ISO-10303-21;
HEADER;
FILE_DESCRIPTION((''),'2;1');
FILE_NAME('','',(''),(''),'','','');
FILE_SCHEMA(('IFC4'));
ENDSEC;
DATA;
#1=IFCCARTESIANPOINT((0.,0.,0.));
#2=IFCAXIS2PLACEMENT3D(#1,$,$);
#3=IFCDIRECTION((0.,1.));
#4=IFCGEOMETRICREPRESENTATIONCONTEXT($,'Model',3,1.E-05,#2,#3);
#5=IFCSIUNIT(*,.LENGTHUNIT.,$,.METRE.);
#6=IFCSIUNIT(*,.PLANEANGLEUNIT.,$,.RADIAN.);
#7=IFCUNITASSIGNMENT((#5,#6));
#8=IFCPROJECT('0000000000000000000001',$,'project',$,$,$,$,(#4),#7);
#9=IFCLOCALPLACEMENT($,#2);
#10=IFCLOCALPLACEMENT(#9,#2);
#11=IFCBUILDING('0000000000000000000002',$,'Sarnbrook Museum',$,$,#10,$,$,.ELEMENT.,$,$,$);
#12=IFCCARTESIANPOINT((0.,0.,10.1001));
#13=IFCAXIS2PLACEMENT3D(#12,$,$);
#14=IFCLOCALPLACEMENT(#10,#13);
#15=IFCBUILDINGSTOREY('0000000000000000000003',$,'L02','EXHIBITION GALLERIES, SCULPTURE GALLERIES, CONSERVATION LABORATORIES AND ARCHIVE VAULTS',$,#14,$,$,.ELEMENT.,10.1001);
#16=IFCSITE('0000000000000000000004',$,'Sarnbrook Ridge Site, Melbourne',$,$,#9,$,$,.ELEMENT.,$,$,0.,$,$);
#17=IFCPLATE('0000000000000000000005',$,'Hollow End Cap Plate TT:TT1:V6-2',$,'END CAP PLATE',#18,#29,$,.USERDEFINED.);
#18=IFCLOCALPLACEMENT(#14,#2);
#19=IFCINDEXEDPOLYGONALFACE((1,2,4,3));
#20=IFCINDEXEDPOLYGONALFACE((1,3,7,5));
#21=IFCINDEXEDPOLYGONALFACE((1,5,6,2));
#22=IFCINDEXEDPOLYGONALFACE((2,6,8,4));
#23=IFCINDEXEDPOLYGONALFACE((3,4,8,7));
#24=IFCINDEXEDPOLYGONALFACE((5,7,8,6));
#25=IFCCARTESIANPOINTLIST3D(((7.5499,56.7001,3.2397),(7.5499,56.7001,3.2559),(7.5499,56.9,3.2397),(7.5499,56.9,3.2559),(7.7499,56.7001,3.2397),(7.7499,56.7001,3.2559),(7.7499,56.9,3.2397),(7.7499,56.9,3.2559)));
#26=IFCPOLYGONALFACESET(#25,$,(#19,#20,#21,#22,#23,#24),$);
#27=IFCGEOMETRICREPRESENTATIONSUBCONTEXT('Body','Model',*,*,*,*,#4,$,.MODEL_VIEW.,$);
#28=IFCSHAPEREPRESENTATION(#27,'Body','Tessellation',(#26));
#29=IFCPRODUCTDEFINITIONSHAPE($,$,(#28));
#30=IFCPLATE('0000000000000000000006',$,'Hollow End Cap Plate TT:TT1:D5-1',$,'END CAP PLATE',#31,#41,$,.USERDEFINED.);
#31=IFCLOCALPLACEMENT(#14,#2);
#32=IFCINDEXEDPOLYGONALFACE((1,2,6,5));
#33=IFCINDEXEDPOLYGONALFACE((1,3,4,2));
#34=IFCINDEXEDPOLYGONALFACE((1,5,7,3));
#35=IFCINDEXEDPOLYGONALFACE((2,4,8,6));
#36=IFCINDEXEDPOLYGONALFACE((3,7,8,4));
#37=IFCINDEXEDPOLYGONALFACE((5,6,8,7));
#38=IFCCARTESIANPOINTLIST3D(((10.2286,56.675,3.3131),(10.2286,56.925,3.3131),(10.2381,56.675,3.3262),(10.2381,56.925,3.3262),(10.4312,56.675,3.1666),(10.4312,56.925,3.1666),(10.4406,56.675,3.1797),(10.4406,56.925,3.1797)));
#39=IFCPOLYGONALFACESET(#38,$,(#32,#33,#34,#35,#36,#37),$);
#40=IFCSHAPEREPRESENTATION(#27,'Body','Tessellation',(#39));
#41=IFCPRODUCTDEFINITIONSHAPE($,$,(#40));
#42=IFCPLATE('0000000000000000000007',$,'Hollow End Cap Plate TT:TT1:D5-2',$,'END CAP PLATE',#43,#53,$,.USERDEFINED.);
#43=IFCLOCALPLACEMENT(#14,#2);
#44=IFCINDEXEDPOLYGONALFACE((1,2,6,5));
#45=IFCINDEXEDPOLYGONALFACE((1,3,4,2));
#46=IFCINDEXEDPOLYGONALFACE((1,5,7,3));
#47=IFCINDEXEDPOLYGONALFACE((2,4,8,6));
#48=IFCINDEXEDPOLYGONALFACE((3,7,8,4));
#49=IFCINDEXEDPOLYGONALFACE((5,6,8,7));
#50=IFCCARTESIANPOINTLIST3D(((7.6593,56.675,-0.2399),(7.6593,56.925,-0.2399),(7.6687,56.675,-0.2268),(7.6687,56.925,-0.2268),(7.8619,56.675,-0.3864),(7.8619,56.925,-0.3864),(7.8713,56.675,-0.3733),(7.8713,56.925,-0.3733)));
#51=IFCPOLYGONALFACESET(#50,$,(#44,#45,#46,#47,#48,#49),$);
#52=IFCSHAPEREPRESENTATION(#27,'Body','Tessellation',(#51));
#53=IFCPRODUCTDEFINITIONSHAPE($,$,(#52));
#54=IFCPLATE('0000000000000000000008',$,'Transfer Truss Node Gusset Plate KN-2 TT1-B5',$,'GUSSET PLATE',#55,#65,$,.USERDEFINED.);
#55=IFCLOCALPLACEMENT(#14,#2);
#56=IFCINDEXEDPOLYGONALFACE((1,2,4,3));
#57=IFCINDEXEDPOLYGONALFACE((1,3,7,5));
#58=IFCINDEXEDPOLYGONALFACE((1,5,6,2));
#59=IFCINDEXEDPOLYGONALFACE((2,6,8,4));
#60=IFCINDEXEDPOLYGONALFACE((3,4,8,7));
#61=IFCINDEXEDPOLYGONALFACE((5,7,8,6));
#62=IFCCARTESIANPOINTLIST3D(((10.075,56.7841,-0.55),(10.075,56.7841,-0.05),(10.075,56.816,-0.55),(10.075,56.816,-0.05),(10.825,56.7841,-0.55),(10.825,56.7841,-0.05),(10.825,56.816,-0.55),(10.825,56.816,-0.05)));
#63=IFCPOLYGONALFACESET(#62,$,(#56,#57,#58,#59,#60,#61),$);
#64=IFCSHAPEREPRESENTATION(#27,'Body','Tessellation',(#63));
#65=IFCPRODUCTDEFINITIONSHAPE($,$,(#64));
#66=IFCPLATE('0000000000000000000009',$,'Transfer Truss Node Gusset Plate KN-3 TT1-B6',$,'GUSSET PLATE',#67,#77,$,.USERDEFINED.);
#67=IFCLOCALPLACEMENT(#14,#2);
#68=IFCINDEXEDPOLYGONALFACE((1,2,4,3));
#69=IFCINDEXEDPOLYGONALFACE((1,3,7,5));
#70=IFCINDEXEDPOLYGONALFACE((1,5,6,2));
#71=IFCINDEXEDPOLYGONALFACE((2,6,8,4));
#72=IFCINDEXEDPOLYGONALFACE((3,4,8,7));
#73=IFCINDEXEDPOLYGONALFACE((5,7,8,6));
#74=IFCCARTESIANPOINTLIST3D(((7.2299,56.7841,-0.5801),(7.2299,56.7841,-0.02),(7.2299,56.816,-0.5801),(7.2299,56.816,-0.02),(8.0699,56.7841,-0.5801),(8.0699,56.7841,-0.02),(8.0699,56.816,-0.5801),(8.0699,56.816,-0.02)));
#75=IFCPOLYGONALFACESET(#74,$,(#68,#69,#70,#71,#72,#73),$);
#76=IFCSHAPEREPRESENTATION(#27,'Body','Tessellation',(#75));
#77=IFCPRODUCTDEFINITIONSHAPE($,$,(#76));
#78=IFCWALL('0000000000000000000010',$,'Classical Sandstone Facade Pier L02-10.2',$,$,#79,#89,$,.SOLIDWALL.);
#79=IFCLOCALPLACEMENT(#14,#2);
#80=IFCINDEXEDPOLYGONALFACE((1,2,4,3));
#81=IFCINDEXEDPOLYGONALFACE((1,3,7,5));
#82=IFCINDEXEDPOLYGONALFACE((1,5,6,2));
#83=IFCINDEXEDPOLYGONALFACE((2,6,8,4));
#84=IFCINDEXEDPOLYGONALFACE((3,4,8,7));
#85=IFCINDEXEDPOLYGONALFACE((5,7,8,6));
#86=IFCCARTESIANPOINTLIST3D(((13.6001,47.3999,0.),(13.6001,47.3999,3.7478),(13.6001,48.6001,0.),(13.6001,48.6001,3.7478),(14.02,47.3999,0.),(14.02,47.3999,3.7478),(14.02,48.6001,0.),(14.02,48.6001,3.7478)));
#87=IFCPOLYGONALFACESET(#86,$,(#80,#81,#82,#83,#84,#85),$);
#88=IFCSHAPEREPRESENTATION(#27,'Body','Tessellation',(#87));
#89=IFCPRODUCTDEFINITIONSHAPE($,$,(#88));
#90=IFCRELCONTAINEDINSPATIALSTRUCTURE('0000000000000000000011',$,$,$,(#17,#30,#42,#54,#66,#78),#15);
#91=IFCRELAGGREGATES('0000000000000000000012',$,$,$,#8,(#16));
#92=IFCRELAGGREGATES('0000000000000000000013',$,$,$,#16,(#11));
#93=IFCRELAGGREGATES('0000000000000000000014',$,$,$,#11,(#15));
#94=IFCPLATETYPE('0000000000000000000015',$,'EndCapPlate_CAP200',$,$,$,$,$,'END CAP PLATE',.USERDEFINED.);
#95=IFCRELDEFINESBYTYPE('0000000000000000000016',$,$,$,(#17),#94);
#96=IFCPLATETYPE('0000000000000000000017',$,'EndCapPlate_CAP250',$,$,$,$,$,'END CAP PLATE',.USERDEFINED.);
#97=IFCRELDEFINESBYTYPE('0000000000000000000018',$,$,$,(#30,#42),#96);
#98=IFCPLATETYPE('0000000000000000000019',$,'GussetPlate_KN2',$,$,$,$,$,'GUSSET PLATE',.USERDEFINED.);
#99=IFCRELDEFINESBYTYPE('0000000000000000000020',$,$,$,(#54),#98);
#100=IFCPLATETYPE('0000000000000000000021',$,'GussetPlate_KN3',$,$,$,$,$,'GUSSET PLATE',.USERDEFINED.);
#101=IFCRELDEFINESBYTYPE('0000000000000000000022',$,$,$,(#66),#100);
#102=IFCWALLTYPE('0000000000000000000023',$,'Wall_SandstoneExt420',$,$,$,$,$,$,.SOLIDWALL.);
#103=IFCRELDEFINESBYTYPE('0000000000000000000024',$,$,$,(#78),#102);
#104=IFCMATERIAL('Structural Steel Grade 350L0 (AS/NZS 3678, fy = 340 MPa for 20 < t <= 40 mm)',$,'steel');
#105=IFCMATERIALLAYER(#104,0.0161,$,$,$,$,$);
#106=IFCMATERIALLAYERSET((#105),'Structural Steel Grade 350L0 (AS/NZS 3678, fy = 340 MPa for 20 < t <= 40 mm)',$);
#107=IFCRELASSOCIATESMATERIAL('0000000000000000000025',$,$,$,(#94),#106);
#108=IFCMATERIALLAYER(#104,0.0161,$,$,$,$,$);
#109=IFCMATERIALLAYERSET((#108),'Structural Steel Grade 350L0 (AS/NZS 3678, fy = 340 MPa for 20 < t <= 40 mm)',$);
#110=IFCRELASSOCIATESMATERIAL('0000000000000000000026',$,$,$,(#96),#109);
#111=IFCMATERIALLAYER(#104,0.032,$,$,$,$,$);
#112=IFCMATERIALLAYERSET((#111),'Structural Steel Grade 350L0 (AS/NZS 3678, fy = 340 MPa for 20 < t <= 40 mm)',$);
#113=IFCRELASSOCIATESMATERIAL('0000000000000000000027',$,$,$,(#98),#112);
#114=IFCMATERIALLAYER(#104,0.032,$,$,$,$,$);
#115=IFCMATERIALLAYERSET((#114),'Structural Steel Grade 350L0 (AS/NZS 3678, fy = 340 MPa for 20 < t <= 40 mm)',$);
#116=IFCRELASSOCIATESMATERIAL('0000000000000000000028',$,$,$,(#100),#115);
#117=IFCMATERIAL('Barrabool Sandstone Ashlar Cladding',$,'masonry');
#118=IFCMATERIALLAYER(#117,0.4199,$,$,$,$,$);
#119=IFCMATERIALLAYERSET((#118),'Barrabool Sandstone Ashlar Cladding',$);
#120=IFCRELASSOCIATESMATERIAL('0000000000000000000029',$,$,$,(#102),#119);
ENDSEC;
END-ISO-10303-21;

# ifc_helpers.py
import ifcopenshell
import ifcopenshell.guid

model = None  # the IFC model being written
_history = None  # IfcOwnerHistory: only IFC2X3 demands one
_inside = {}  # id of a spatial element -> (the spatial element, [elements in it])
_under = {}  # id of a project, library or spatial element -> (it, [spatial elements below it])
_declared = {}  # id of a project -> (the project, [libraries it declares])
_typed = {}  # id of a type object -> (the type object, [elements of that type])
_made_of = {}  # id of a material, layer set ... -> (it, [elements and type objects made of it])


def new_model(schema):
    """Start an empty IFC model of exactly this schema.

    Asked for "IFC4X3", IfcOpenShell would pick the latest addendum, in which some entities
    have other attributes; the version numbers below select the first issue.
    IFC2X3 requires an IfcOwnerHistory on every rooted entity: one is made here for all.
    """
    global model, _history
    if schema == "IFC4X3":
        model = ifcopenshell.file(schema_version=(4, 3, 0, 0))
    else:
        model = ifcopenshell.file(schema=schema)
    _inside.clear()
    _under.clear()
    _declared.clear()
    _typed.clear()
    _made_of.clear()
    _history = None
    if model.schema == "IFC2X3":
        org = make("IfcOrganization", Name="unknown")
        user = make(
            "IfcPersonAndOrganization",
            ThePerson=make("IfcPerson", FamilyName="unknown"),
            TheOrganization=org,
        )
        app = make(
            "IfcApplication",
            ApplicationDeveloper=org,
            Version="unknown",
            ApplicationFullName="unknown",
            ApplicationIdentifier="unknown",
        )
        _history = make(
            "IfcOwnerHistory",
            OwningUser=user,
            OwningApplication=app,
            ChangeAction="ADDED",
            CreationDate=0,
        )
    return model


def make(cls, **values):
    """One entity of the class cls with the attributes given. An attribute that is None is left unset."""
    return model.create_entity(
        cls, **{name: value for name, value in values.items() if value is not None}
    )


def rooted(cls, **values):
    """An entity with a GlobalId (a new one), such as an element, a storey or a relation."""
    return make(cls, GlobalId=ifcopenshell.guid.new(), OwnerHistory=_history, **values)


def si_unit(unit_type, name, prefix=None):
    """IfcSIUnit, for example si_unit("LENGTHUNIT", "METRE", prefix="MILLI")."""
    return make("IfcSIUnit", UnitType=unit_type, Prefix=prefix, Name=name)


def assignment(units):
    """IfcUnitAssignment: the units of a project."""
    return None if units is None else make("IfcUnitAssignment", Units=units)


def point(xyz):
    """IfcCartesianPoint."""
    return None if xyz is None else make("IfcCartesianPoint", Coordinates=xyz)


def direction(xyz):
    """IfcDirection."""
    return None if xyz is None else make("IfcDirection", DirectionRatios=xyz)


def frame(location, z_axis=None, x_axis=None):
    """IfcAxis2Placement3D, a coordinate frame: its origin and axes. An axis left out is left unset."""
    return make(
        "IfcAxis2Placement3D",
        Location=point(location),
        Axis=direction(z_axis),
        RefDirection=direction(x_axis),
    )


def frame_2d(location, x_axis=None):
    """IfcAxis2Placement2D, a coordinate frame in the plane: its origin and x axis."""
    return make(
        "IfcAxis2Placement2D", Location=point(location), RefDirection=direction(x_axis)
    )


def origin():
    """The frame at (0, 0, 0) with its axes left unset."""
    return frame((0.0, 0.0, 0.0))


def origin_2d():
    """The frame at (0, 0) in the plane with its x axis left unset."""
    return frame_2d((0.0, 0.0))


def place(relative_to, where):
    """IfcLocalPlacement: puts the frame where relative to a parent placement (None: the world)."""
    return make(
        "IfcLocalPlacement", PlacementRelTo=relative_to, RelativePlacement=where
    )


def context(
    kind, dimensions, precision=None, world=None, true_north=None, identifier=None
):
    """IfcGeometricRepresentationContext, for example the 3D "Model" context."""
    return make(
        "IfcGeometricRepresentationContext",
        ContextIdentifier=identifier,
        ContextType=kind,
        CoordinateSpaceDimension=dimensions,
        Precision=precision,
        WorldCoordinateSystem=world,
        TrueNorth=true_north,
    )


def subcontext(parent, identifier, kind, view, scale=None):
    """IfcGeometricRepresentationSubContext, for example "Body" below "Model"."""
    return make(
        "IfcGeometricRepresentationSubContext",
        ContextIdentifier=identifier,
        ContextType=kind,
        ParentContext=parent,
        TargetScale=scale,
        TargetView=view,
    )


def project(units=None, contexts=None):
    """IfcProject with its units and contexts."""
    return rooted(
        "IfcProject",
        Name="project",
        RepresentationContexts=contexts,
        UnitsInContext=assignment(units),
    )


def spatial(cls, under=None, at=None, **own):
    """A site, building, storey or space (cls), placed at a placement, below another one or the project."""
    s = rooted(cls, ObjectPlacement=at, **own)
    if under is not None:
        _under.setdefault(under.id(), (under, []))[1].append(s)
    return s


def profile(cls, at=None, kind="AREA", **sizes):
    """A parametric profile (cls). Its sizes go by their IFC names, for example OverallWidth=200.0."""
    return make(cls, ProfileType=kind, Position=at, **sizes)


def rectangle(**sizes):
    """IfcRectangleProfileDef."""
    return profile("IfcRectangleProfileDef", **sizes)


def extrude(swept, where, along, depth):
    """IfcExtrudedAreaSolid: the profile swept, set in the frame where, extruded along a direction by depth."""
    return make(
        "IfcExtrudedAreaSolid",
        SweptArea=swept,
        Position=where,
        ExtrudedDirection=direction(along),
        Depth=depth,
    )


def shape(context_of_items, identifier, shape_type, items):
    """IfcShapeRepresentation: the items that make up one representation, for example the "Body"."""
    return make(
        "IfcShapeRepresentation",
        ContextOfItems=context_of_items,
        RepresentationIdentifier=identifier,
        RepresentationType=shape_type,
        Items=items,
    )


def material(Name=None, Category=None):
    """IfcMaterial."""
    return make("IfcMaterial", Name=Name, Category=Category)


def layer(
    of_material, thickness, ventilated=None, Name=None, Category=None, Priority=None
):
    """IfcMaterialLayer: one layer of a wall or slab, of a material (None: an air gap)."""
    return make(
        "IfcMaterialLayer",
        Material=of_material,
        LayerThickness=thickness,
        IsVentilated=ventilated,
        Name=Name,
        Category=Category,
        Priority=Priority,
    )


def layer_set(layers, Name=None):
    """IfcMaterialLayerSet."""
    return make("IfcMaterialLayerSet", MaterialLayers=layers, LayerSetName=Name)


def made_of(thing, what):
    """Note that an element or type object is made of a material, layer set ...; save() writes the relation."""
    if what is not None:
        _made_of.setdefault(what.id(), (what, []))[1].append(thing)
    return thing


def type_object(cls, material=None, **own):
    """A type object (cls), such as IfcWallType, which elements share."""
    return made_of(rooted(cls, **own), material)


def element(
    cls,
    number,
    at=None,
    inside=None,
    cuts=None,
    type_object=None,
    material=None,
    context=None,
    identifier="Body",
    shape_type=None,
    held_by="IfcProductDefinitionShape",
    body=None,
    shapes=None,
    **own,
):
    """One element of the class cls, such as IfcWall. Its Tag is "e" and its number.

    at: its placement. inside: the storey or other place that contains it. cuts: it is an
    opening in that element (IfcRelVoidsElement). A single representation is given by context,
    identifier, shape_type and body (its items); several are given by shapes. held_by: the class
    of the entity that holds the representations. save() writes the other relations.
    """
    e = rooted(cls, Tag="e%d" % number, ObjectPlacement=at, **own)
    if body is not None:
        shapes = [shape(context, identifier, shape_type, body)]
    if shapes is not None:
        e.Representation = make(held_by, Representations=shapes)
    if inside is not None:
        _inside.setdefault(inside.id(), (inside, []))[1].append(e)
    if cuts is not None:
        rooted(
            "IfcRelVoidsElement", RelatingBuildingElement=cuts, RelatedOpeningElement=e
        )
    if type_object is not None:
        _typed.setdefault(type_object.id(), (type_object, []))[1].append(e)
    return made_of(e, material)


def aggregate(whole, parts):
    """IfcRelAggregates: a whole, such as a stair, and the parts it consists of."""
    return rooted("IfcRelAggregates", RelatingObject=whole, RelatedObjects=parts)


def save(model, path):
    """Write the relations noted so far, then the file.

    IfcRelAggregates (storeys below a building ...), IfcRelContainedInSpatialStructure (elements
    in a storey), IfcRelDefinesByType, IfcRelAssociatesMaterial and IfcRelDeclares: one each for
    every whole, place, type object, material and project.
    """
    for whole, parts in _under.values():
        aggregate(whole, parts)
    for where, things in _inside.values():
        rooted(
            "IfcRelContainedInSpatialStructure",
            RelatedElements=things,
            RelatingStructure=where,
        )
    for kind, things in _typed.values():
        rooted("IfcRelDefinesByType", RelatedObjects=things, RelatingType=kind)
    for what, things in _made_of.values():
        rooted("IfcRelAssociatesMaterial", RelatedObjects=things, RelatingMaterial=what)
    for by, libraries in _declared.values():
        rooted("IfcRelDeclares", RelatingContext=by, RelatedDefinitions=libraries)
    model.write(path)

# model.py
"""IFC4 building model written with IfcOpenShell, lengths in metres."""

from ifc_helpers import new_model, si_unit, direction, frame, frame_2d, origin, origin_2d, place, context, subcontext, project, spatial, rectangle, extrude, material, layer, layer_set, type_object, element, save


model = new_model("IFC4")

# Units and contexts
model_context = context("Model", 3, precision=1e-05, world=origin(), true_north=direction((0.0, 1.0)))
body_context = subcontext(model_context, "Body", "Model", "MODEL_VIEW")
ifc_project = project(units=[si_unit("LENGTHUNIT", "METRE"), si_unit("PLANEANGLEUNIT", "RADIAN")], contexts=[model_context])

# Site, building, storey
site_placement = place(None, origin())
site = spatial("IfcSite", under=ifc_project, at=site_placement, Name="Sarnbrook Ridge Site, Melbourne", CompositionType="ELEMENT", RefElevation=0.0)
building_placement = place(site_placement, origin())
building = spatial("IfcBuilding", under=site, at=building_placement, Name="Sarnbrook Museum", CompositionType="ELEMENT")
storey_placement = place(building_placement, frame((0.0, 0.0, 10.1001)))
storey = spatial("IfcBuildingStorey", under=building, at=storey_placement, Name="L02", Description="EXHIBITION GALLERIES, SCULPTURE GALLERIES, CONSERVATION LABORATORIES AND ARCHIVE VAULTS", CompositionType="ELEMENT", Elevation=10.1001)

# Plates
ifc_material_1 = material(Name="Structural Steel Grade 350L0 (AS/NZS 3678, fy = 340 MPa for 20 < t <= 40 mm)", Category="steel")
ifc_layer_1 = layer(ifc_material_1, 0.0161)
ifc_layer_set_1 = layer_set([ifc_layer_1], Name="Structural Steel Grade 350L0 (AS/NZS 3678, fy = 340 MPa for 20 < t <= 40 mm)")
plate_type_1 = type_object("IfcPlateType", Name="EndCapPlate_CAP200", ElementType="END CAP PLATE", PredefinedType="USERDEFINED", material=ifc_layer_set_1)
for number, where, z_axis, x_axis, name in (
    (1, (7.6499, 56.8, 3.2397), (0.0, 0.0, 1.0), (1.0, 0.0, 0.0), "Hollow End Cap Plate TT:TT1:V6-2"),
):
    element("IfcPlate", number, at=place(storey_placement, frame(where, z_axis=z_axis, x_axis=x_axis)), inside=storey, type_object=plate_type_1, Name=name, ObjectType="END CAP PLATE", PredefinedType="USERDEFINED", context=body_context, shape_type="SweptSolid", body=[
        extrude(rectangle(XDim=0.2, YDim=0.2, at=origin_2d()), origin(), (0.0, 0.0, 1.0), 0.0161),
    ])
ifc_layer_2 = layer(ifc_material_1, 0.0161)
ifc_layer_set_2 = layer_set([ifc_layer_2], Name="Structural Steel Grade 350L0 (AS/NZS 3678, fy = 340 MPa for 20 < t <= 40 mm)")
plate_type_2 = type_object("IfcPlateType", Name="EndCapPlate_CAP250", ElementType="END CAP PLATE", PredefinedType="USERDEFINED", material=ifc_layer_set_2)
for number, where, z_axis, x_axis, name in (
    (2, (10.3394, 56.8, 3.2529), (-0.585992, 0.0, -0.810317), (0.0, -1.0, 0.0), "Hollow End Cap Plate TT:TT1:D5-1"),
    (3, (7.77, 56.8, -0.3), (-0.585992, 0.0, -0.810317), (0.0, -1.0, 0.0), "Hollow End Cap Plate TT:TT1:D5-2"),
):
    element("IfcPlate", number, at=place(storey_placement, frame(where, z_axis=z_axis, x_axis=x_axis)), inside=storey, type_object=plate_type_2, Name=name, ObjectType="END CAP PLATE", PredefinedType="USERDEFINED", context=body_context, shape_type="SweptSolid", body=[
        extrude(rectangle(XDim=0.25, YDim=0.25, at=origin_2d()), origin(), (0.0, 0.0, 1.0), 0.0161),
    ])
ifc_layer_3 = layer(ifc_material_1, 0.032)
ifc_layer_set_3 = layer_set([ifc_layer_3], Name="Structural Steel Grade 350L0 (AS/NZS 3678, fy = 340 MPa for 20 < t <= 40 mm)")
plate_type_3 = type_object("IfcPlateType", Name="GussetPlate_KN2", ElementType="GUSSET PLATE", PredefinedType="USERDEFINED", material=ifc_layer_set_3)
plate_1_placement = place(storey_placement, frame((10.45, 56.8, -0.55), z_axis=(0.0, 0.0, 1.0), x_axis=(1.0, 0.0, 0.0)))
element("IfcPlate", 4, at=plate_1_placement, inside=storey, type_object=plate_type_3, Name="Transfer Truss Node Gusset Plate KN-2 TT1-B5", ObjectType="GUSSET PLATE", PredefinedType="USERDEFINED", context=body_context, shape_type="SweptSolid", body=[
    extrude(rectangle(XDim=0.75, YDim=0.032, at=origin_2d()), origin(), (0.0, 0.0, 1.0), 0.5),
])
ifc_layer_4 = layer(ifc_material_1, 0.032)
ifc_layer_set_4 = layer_set([ifc_layer_4], Name="Structural Steel Grade 350L0 (AS/NZS 3678, fy = 340 MPa for 20 < t <= 40 mm)")
plate_type_4 = type_object("IfcPlateType", Name="GussetPlate_KN3", ElementType="GUSSET PLATE", PredefinedType="USERDEFINED", material=ifc_layer_set_4)
plate_2_placement = place(storey_placement, frame((7.6499, 56.8, -0.5801), z_axis=(0.0, 0.0, 1.0), x_axis=(1.0, 0.0, 0.0)))
element("IfcPlate", 5, at=plate_2_placement, inside=storey, type_object=plate_type_4, Name="Transfer Truss Node Gusset Plate KN-3 TT1-B6", ObjectType="GUSSET PLATE", PredefinedType="USERDEFINED", context=body_context, shape_type="SweptSolid", body=[
    extrude(rectangle(XDim=0.8401, YDim=0.032, at=origin_2d()), origin(), (0.0, 0.0, 1.0), 0.5601),
])

# Wall
ifc_material_2 = material(Name="Barrabool Sandstone Ashlar Cladding", Category="masonry")
ifc_layer_5 = layer(ifc_material_2, 0.4199)
ifc_layer_set_5 = layer_set([ifc_layer_5], Name="Barrabool Sandstone Ashlar Cladding")
wall_type = type_object("IfcWallType", Name="Wall_SandstoneExt420", PredefinedType="SOLIDWALL", material=ifc_layer_set_5)
wall_placement = place(storey_placement, frame((13.8101, 48.6001, 0.0), z_axis=(0.0, 0.0, 1.0), x_axis=(0.0, -1.0, 0.0)))
element("IfcWall", 6, at=wall_placement, inside=storey, type_object=wall_type, Name="Classical Sandstone Facade Pier L02-10.2", PredefinedType="SOLIDWALL", context=body_context, shape_type="SweptSolid", body=[
    extrude(rectangle(XDim=1.2002, YDim=0.4199, at=frame_2d((0.6001, 0.0))), origin(), (0.0, 0.0, 1.0), 3.7478),
])

save(model, "model.ifc")
